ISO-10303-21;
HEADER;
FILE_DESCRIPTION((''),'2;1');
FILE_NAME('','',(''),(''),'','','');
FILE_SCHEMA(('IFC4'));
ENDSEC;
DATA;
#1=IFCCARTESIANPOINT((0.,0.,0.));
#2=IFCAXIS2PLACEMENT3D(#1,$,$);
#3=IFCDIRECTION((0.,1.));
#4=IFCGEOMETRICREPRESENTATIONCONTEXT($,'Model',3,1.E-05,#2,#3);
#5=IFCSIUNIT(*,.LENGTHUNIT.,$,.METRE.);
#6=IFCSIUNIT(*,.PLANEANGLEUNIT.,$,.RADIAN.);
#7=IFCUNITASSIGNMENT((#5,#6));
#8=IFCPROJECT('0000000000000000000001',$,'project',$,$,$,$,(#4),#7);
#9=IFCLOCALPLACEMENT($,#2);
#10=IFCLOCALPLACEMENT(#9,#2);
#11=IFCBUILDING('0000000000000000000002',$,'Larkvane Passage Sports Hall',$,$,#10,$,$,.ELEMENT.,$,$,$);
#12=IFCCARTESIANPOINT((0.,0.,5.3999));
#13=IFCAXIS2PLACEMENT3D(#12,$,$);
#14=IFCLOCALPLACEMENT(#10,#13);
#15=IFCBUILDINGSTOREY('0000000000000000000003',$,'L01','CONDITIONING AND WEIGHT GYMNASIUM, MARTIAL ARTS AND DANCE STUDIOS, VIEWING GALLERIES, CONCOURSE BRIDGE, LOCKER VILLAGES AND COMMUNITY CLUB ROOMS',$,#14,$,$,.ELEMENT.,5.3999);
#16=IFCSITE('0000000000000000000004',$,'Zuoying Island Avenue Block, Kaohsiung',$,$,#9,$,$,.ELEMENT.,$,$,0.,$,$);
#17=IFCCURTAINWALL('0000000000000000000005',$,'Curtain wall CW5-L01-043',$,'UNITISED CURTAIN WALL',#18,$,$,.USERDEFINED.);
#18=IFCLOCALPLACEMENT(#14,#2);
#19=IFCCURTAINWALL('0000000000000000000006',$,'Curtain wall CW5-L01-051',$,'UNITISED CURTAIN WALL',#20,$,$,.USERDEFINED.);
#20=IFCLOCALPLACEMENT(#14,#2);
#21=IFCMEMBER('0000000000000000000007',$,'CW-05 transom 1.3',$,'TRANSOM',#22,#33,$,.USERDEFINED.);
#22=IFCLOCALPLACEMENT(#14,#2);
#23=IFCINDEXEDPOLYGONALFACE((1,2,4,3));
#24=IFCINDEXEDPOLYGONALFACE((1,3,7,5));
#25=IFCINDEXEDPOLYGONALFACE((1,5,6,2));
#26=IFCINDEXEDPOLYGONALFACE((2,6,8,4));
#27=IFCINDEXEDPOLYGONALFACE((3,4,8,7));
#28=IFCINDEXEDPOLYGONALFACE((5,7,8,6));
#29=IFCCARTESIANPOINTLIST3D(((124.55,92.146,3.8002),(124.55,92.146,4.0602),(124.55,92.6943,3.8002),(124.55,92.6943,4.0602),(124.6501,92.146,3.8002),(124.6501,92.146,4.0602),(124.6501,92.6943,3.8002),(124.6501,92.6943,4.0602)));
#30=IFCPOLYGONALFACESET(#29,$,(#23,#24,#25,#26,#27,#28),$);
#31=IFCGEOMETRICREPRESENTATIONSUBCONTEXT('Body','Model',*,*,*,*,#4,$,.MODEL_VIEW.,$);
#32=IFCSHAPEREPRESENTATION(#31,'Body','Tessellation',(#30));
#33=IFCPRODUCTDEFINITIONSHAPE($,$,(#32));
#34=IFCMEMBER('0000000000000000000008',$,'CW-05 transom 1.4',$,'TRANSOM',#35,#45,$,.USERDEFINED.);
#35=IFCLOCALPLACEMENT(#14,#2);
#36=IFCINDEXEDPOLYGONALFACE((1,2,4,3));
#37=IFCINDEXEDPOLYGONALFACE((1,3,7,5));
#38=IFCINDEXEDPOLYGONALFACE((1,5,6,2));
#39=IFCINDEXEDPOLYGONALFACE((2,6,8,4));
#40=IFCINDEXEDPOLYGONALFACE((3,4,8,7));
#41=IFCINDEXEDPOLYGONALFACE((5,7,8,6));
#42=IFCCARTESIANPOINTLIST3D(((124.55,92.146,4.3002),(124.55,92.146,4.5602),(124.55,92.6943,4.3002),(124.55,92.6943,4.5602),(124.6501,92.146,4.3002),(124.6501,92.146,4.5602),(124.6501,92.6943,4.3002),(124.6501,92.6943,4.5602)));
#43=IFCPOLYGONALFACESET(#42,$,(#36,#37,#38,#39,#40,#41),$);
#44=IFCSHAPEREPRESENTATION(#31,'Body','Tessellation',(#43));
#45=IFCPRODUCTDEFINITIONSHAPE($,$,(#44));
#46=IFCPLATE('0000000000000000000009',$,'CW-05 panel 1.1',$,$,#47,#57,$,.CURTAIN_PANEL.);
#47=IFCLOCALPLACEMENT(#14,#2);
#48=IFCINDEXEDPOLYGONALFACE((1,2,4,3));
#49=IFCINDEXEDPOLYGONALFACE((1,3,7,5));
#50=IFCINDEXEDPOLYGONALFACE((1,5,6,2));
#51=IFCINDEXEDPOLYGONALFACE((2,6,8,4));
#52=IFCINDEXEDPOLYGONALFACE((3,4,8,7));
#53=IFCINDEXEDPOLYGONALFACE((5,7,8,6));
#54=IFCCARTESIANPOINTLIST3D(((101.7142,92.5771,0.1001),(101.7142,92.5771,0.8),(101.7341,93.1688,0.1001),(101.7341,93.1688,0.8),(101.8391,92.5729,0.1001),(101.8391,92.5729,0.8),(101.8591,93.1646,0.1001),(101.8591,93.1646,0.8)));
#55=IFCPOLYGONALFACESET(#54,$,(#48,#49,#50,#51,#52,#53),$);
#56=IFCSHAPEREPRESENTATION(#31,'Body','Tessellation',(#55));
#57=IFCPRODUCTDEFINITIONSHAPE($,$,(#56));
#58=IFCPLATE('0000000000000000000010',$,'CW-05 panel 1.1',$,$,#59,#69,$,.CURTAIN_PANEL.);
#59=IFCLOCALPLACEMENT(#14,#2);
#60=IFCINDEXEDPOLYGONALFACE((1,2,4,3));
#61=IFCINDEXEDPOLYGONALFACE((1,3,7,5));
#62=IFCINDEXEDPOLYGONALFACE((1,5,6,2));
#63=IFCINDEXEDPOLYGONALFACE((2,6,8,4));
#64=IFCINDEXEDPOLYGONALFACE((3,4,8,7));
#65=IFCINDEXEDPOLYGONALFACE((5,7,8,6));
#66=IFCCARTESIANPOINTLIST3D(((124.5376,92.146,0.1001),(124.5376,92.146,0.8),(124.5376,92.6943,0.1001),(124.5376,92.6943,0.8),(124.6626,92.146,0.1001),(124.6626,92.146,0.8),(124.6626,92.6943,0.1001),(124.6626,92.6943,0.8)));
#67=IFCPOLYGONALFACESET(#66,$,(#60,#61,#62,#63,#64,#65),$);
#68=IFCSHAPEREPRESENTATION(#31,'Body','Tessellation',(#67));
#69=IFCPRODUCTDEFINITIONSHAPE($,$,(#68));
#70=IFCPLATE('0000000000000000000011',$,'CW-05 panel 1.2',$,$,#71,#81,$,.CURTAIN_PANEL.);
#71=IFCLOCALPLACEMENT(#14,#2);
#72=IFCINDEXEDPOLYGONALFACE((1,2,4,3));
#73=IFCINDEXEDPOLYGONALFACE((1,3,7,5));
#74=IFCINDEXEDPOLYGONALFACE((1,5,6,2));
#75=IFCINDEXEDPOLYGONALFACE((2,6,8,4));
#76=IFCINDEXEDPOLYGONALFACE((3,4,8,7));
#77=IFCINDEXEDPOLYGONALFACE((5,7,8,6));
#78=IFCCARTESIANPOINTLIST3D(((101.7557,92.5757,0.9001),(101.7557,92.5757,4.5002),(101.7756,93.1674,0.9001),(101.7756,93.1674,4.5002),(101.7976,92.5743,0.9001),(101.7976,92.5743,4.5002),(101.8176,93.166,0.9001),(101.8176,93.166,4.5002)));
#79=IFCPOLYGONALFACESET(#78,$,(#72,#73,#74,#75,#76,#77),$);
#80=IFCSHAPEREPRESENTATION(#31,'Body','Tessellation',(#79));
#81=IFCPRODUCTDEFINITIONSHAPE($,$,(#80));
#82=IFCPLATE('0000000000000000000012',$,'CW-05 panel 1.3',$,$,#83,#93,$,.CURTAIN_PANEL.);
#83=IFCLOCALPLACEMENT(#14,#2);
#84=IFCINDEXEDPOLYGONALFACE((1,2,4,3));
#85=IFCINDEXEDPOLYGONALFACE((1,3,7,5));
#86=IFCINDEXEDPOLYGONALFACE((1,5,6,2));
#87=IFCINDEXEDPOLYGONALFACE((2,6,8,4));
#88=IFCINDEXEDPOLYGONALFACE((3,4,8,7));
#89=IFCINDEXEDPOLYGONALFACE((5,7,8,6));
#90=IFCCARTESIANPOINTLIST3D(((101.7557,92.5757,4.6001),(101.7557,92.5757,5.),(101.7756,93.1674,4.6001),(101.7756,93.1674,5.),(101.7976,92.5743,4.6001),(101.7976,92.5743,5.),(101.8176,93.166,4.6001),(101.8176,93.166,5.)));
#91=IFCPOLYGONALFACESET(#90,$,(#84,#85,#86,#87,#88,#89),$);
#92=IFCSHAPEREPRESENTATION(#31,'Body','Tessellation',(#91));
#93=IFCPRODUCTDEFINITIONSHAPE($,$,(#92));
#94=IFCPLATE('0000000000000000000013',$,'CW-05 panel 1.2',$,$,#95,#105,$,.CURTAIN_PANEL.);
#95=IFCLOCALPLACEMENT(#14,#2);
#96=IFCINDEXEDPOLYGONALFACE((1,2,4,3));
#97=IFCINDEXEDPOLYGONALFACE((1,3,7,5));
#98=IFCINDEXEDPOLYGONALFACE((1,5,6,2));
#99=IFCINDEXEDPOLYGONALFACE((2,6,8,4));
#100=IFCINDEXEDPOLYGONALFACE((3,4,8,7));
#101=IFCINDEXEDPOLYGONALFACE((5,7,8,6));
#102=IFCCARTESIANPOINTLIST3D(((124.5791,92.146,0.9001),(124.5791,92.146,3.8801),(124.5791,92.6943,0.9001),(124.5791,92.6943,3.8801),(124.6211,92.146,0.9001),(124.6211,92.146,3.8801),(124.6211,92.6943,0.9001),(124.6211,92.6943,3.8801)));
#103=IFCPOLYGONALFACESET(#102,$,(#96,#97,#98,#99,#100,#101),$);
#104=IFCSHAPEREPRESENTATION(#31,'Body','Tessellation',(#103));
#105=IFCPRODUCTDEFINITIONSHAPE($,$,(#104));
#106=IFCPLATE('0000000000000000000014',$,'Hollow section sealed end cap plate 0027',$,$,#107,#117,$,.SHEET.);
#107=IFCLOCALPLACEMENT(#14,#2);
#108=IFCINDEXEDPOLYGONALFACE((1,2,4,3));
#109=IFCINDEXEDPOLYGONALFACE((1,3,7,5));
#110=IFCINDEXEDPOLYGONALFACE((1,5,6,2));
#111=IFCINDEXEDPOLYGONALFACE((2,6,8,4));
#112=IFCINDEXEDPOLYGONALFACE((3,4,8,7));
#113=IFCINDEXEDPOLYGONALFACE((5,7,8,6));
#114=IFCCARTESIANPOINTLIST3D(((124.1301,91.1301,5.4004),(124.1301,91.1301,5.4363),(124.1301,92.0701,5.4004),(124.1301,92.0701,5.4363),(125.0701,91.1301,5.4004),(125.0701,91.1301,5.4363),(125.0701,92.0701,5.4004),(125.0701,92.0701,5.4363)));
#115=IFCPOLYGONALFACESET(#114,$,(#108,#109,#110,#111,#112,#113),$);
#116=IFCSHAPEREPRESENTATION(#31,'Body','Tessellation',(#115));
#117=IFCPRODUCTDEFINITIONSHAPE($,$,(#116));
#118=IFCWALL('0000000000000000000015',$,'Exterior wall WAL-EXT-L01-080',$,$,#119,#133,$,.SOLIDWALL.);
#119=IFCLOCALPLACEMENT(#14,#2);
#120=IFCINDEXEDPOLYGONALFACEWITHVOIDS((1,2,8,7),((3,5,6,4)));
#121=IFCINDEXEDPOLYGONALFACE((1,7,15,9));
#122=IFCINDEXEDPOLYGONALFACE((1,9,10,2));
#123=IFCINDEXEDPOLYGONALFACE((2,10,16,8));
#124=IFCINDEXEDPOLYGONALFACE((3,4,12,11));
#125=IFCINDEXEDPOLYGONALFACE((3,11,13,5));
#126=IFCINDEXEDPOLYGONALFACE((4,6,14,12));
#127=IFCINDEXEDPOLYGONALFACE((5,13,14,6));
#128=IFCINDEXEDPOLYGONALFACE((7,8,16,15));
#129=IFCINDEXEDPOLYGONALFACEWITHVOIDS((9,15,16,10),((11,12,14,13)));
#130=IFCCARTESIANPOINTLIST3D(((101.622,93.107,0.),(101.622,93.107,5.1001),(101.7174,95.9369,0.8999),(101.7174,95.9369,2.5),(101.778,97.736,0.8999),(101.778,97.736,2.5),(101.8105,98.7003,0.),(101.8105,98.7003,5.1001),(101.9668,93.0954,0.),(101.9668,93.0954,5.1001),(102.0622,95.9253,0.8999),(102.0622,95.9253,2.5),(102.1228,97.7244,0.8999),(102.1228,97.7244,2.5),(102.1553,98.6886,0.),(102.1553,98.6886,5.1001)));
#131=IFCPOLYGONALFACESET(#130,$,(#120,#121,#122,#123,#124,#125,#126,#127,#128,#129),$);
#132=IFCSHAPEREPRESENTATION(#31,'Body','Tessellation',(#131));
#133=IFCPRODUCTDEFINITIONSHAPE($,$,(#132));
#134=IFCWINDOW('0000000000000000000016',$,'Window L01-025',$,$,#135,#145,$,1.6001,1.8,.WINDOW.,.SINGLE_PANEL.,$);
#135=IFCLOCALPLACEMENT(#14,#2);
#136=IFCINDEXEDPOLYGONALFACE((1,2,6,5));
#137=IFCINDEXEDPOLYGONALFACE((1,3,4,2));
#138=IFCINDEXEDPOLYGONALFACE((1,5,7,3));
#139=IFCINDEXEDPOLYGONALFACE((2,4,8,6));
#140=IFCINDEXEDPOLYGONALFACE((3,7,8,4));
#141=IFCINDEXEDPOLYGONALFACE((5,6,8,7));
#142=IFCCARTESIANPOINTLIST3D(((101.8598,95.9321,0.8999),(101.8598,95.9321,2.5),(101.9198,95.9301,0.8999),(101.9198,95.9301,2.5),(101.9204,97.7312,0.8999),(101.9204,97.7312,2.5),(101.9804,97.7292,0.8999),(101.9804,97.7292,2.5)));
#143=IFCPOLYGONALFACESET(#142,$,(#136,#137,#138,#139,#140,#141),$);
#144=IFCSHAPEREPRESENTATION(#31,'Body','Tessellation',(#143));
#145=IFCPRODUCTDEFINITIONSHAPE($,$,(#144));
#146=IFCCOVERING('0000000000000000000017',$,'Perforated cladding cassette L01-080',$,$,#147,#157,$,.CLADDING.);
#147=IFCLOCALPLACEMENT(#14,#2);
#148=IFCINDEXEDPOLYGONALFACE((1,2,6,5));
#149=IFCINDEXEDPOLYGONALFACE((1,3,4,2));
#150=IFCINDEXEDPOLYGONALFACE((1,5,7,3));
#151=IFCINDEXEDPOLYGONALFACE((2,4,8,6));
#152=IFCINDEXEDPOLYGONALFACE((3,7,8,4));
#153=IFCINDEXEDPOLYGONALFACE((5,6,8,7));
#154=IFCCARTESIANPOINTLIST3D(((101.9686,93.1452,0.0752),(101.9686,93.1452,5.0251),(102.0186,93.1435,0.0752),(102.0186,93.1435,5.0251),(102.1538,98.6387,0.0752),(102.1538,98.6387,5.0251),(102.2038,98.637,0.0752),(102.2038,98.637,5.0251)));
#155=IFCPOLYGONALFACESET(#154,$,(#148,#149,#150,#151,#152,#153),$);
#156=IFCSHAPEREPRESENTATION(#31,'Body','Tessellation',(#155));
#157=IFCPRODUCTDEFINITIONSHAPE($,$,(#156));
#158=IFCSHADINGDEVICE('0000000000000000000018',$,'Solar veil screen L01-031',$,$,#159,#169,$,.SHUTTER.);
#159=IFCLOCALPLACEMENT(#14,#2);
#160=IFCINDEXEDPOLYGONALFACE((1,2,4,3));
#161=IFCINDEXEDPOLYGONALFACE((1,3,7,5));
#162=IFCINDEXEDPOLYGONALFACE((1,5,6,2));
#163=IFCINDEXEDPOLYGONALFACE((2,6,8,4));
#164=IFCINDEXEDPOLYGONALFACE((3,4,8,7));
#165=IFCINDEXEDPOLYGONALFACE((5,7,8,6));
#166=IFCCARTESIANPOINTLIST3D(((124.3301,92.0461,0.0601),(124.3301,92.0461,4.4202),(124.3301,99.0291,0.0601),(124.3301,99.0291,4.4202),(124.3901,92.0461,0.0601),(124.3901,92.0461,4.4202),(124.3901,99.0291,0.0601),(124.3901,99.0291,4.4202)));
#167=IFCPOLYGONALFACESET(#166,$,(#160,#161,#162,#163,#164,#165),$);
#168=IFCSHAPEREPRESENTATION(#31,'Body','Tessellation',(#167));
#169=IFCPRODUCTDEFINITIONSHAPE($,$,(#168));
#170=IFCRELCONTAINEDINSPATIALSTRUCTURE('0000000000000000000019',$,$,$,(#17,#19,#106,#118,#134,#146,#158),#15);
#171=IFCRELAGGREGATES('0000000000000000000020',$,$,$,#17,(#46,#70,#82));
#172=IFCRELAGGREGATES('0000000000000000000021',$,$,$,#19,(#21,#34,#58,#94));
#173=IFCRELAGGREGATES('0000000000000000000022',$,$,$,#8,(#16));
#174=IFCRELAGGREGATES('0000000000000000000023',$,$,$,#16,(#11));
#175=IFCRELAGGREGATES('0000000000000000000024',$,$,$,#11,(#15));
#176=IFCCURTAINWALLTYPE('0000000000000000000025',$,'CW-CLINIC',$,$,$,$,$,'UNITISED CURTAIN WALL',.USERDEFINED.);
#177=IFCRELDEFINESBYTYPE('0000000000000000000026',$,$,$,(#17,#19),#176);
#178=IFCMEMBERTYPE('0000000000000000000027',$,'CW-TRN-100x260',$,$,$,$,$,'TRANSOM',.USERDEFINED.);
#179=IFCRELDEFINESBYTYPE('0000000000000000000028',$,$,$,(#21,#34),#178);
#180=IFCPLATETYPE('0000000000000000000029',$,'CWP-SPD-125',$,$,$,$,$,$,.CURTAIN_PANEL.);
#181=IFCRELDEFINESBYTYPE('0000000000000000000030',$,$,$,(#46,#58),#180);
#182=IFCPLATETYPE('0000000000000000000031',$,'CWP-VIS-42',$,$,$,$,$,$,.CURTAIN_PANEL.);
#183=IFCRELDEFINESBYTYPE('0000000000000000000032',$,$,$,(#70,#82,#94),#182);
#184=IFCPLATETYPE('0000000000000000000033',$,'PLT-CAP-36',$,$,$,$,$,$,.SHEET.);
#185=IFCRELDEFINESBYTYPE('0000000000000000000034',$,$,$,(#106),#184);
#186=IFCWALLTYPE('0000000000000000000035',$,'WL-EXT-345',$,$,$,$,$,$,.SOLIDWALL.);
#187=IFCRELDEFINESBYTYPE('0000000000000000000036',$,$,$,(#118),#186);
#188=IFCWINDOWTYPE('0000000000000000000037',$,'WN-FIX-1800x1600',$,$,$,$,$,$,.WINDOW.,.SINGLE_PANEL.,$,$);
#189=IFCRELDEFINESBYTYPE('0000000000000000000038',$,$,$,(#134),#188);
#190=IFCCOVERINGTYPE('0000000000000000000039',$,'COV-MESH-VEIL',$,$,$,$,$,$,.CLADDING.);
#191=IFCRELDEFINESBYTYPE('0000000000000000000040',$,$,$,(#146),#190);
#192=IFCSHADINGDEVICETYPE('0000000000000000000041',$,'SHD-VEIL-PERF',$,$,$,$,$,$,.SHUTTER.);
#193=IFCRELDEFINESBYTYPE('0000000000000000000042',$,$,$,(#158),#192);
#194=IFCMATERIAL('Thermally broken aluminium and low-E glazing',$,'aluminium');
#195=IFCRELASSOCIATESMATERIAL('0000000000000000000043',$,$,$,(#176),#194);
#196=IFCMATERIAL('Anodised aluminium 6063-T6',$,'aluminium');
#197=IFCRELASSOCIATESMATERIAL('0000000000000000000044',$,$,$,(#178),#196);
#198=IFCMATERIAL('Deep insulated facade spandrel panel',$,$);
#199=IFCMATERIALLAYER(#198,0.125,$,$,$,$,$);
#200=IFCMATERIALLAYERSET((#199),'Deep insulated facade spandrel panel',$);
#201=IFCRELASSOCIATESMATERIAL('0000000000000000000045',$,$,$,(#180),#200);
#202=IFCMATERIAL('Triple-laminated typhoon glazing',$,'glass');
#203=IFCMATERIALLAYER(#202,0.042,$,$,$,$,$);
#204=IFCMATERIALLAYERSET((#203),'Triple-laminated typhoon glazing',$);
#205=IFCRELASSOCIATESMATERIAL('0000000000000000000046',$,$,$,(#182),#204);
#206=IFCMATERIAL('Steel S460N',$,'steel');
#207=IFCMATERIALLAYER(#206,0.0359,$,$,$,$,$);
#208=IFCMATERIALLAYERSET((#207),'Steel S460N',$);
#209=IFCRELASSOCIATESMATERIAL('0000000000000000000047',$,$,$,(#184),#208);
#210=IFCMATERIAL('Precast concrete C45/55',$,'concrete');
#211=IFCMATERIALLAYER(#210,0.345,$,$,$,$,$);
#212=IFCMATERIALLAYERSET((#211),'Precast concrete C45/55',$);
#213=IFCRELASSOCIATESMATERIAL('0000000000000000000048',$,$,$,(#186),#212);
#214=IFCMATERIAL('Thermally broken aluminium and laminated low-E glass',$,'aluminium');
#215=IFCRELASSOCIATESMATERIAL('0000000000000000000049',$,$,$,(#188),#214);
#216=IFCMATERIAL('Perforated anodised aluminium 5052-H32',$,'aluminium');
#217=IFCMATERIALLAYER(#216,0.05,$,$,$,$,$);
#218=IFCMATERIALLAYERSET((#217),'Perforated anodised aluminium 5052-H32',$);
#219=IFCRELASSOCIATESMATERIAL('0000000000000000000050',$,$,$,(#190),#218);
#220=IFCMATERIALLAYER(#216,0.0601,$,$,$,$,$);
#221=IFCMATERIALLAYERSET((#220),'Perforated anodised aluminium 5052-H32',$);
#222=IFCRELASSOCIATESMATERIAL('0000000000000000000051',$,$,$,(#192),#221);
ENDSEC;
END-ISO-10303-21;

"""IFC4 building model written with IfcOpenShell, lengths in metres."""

from ifc_helpers import new_model, si_unit, direction, frame, frame_2d, origin, origin_2d, place, context, subcontext, project, spatial, rectangle, extrude, material, layer, layer_set, material_profile, profile_set, type_object, element, fill, aggregate, save


model = new_model("IFC4")

# Units and contexts
model_context = context("Model", 3, precision=1e-05, world=origin(), true_north=direction((0.0, 1.0)))
body_context = subcontext(model_context, "Body", "Model", "MODEL_VIEW")
ifc_project = project(units=[si_unit("LENGTHUNIT", "METRE"), si_unit("PLANEANGLEUNIT", "RADIAN")], contexts=[model_context])

# Site, building, storey
site_placement = place(None, origin())
site = spatial("IfcSite", under=ifc_project, at=site_placement, Name="Zuoying Island Avenue Block, Kaohsiung", CompositionType="ELEMENT", RefElevation=0.0)
building_placement = place(site_placement, origin())
building = spatial("IfcBuilding", under=site, at=building_placement, Name="Larkvane Passage Sports Hall", CompositionType="ELEMENT")
storey_placement = place(building_placement, frame((0.0, 0.0, 5.3999)))
storey = spatial("IfcBuildingStorey", under=building, at=storey_placement, Name="L01", Description="CONDITIONING AND WEIGHT GYMNASIUM, MARTIAL ARTS AND DANCE STUDIOS, VIEWING GALLERIES, CONCOURSE BRIDGE, LOCKER VILLAGES AND COMMUNITY CLUB ROOMS", CompositionType="ELEMENT", Elevation=5.3999)

# Shared definitions
ifc_material_1 = material(Name="Steel S460N", Category="steel")

# Curtain wall
ifc_material_2 = material(Name="Thermally broken aluminium and low-E glazing", Category="aluminium")
curtain_wall_type = type_object("IfcCurtainWallType", Name="CW-CLINIC", ElementType="UNITISED CURTAIN WALL", PredefinedType="USERDEFINED", material=ifc_material_2)
curtain_wall_1_placement = place(storey_placement, origin())
curtain_wall_1 = element("IfcCurtainWall", 1, at=curtain_wall_1_placement, inside=storey, type_object=curtain_wall_type, Name="Curtain wall CW5-L01-043", ObjectType="UNITISED CURTAIN WALL", PredefinedType="USERDEFINED")
ifc_material_3 = material(Name="Anodised aluminium 6063-T6", Category="aluminium")

# Curtain wall
curtain_wall_2_placement = place(storey_placement, origin())
curtain_wall_2 = element("IfcCurtainWall", 2, at=curtain_wall_2_placement, inside=storey, type_object=curtain_wall_type, Name="Curtain wall CW5-L01-051", ObjectType="UNITISED CURTAIN WALL", PredefinedType="USERDEFINED")

# Members
ifc_material_profile_1 = material_profile(ifc_material_3, rectangle(XDim=0.1001, YDim=0.26, at=origin_2d()), Name="ALU-TRN-100x260")
ifc_profile_set_1 = profile_set([ifc_material_profile_1], Name="Anodised aluminium 6063-T6")
member_type_1 = type_object("IfcMemberType", Name="CW-TRN-100x260", ElementType="TRANSOM", PredefinedType="USERDEFINED", material=ifc_profile_set_1)
member_1_placement = place(storey_placement, frame((124.6001, 92.146, 3.9302), z_axis=(0.0, 1.0, 0.0), x_axis=(-1.0, 0.0, 0.0)))
member_1 = element("IfcMember", 3, at=member_1_placement, type_object=member_type_1, Name="CW-05 transom 1.3", ObjectType="TRANSOM", PredefinedType="USERDEFINED", context=body_context, shape_type="SweptSolid", body=[
    extrude(rectangle(XDim=0.1001, YDim=0.26, at=origin_2d()), origin(), (0.0, 0.0, 1.0), 0.5483),
])
member_2_placement = place(storey_placement, frame((124.6001, 92.146, 4.4302), z_axis=(0.0, 1.0, 0.0), x_axis=(-1.0, 0.0, 0.0)))
member_2 = element("IfcMember", 4, at=member_2_placement, type_object=member_type_1, Name="CW-05 transom 1.4", ObjectType="TRANSOM", PredefinedType="USERDEFINED", context=body_context, shape_type="SweptSolid", body=[
    extrude(rectangle(XDim=0.1001, YDim=0.26, at=origin_2d()), origin(), (0.0, 0.0, 1.0), 0.5483),
])

# Plates
ifc_material_4 = material(Name="Deep insulated facade spandrel panel")
ifc_layer_1 = layer(ifc_material_4, 0.125)
ifc_layer_set_1 = layer_set([ifc_layer_1], Name="Deep insulated facade spandrel panel")
plate_type_1 = type_object("IfcPlateType", Name="CWP-SPD-125", PredefinedType="CURTAIN_PANEL", material=ifc_layer_set_1)
plate_1_placement = place(storey_placement, frame((101.7866, 92.8708, 0.1001), z_axis=(0.0, 0.0, 1.0), x_axis=(-0.033688, -0.999432, 0.0)))
plate_1 = element("IfcPlate", 5, at=plate_1_placement, type_object=plate_type_1, Name="CW-05 panel 1.1", PredefinedType="CURTAIN_PANEL", context=body_context, shape_type="SweptSolid", body=[
    extrude(rectangle(XDim=0.592, YDim=0.125, at=origin_2d()), origin(), (0.0, 0.0, 1.0), 0.7),
])
plate_2_placement = place(storey_placement, frame((124.6001, 92.4202, 0.1001), z_axis=(0.0, 0.0, 1.0), x_axis=(0.0, 1.0, 0.0)))
plate_2 = element("IfcPlate", 6, at=plate_2_placement, type_object=plate_type_1, Name="CW-05 panel 1.1", PredefinedType="CURTAIN_PANEL", context=body_context, shape_type="SweptSolid", body=[
    extrude(rectangle(XDim=0.5483, YDim=0.125, at=origin_2d()), origin(), (0.0, 0.0, 1.0), 0.7),
])
ifc_material_5 = material(Name="Triple-laminated typhoon glazing", Category="glass")
ifc_layer_2 = layer(ifc_material_5, 0.042)
ifc_layer_set_2 = layer_set([ifc_layer_2], Name="Triple-laminated typhoon glazing")
plate_type_2 = type_object("IfcPlateType", Name="CWP-VIS-42", PredefinedType="CURTAIN_PANEL", material=ifc_layer_set_2)
plate_3_placement = place(storey_placement, frame((101.7866, 92.8708, 0.9001), z_axis=(0.0, 0.0, 1.0), x_axis=(-0.033688, -0.999432, 0.0)))
plate_3 = element("IfcPlate", 7, at=plate_3_placement, type_object=plate_type_2, Name="CW-05 panel 1.2", PredefinedType="CURTAIN_PANEL", context=body_context, shape_type="SweptSolid", body=[
    extrude(rectangle(XDim=0.592, YDim=0.042, at=origin_2d()), origin(), (0.0, 0.0, 1.0), 3.6001),
])
plate_4_placement = place(storey_placement, frame((101.7866, 92.8708, 4.6001), z_axis=(0.0, 0.0, 1.0), x_axis=(-0.033688, -0.999432, 0.0)))
plate_4 = element("IfcPlate", 8, at=plate_4_placement, type_object=plate_type_2, Name="CW-05 panel 1.3", PredefinedType="CURTAIN_PANEL", context=body_context, shape_type="SweptSolid", body=[
    extrude(rectangle(XDim=0.592, YDim=0.042, at=origin_2d()), origin(), (0.0, 0.0, 1.0), 0.3999),
])
aggregate(curtain_wall_1, [plate_1, plate_3, plate_4])
plate_5_placement = place(storey_placement, frame((124.6001, 92.4202, 0.9001), z_axis=(0.0, 0.0, 1.0), x_axis=(0.0, 1.0, 0.0)))
plate_5 = element("IfcPlate", 9, at=plate_5_placement, type_object=plate_type_2, Name="CW-05 panel 1.2", PredefinedType="CURTAIN_PANEL", context=body_context, shape_type="SweptSolid", body=[
    extrude(rectangle(XDim=0.5483, YDim=0.042, at=origin_2d()), origin(), (0.0, 0.0, 1.0), 2.98),
])
aggregate(curtain_wall_2, [member_1, member_2, plate_2, plate_5])
ifc_layer_3 = layer(ifc_material_1, 0.0359)
ifc_layer_set_3 = layer_set([ifc_layer_3], Name="Steel S460N")
plate_type_3 = type_object("IfcPlateType", Name="PLT-CAP-36", PredefinedType="SHEET", material=ifc_layer_set_3)
plate_6_placement = place(storey_placement, frame((124.6001, 91.6001, 5.4004), z_axis=(0.0, 0.0, 1.0), x_axis=(1.0, 0.0, 0.0)))
element("IfcPlate", 10, at=plate_6_placement, inside=storey, type_object=plate_type_3, Name="Hollow section sealed end cap plate 0027", PredefinedType="SHEET", context=body_context, shape_type="SweptSolid", body=[
    extrude(rectangle(XDim=0.9399, YDim=0.9399, at=origin_2d()), origin(), (0.0, 0.0, 1.0), 0.0359),
])

# Wall, opening, window
ifc_material_6 = material(Name="Precast concrete C45/55", Category="concrete")
ifc_layer_4 = layer(ifc_material_6, 0.345)
ifc_layer_set_4 = layer_set([ifc_layer_4], Name="Precast concrete C45/55")
wall_type = type_object("IfcWallType", Name="WL-EXT-345", PredefinedType="SOLIDWALL", material=ifc_layer_set_4)
wall_placement = place(storey_placement, frame((101.9829, 98.6946, 0.0), z_axis=(0.0, 0.0, 1.0), x_axis=(-0.033678, -0.999433, 0.0)))
wall = element("IfcWall", 11, at=wall_placement, inside=storey, type_object=wall_type, Name="Exterior wall WAL-EXT-L01-080", PredefinedType="SOLIDWALL", context=body_context, shape_type="SweptSolid", body=[
    extrude(rectangle(XDim=5.5964, YDim=0.345, at=frame_2d((2.7983, 0.0))), origin(), (0.0, 0.0, 1.0), 5.1001),
])
opening_placement = place(wall_placement, frame((0.9651, 0.0, 0.8999)))
opening = element("IfcOpeningElement", 12, at=opening_placement, cuts=wall, PredefinedType="OPENING", context=body_context, shape_type="SweptSolid", body=[
    extrude(rectangle(XDim=1.8, YDim=1.6001, at=frame_2d((0.8999, 0.8))), frame((0.0, 0.1824, 0.0), z_axis=(0.0, -1.0, 0.0), x_axis=(1.0, 0.0, 0.0)), (0.0, 0.0, 1.0), 0.365),
])
ifc_material_7 = material(Name="Thermally broken aluminium and laminated low-E glass", Category="aluminium")
window_type = type_object("IfcWindowType", Name="WN-FIX-1800x1600", PartitioningType="SINGLE_PANEL", PredefinedType="WINDOW", material=ifc_material_7)
window_placement = place(opening_placement, origin())
window = element("IfcWindow", 13, at=window_placement, inside=storey, type_object=window_type, Name="Window L01-025", OverallHeight=1.6001, OverallWidth=1.8, PartitioningType="SINGLE_PANEL", PredefinedType="WINDOW", context=body_context, shape_type="SweptSolid", body=[
    extrude(rectangle(XDim=1.8, YDim=1.6001, at=frame_2d((0.8999, 0.8))), frame((0.0, 0.03, 0.0), z_axis=(0.0, -1.0, 0.0), x_axis=(1.0, 0.0, 0.0)), (0.0, 0.0, 1.0), 0.0601),
])
fill(opening, window)

# Covering
ifc_material_8 = material(Name="Perforated anodised aluminium 5052-H32", Category="aluminium")
ifc_layer_5 = layer(ifc_material_8, 0.05)
ifc_layer_set_5 = layer_set([ifc_layer_5], Name="Perforated anodised aluminium 5052-H32")
covering_type = type_object("IfcCoveringType", Name="COV-MESH-VEIL", PredefinedType="CLADDING", material=ifc_layer_set_5)
covering_placement = place(storey_placement, frame((102.0862, 95.8911, 0.0752), z_axis=(0.0, 0.0, 1.0), x_axis=(-0.033689, -0.999432, 0.0)))
element("IfcCovering", 14, at=covering_placement, inside=storey, type_object=covering_type, Name="Perforated cladding cassette L01-080", PredefinedType="CLADDING", context=body_context, shape_type="SweptSolid", body=[
    extrude(rectangle(XDim=5.4966, YDim=0.05, at=origin_2d()), origin(), (0.0, 0.0, 1.0), 4.95),
])

# Shading device
ifc_layer_6 = layer(ifc_material_8, 0.0601)
ifc_layer_set_6 = layer_set([ifc_layer_6], Name="Perforated anodised aluminium 5052-H32")
shading_device_type = type_object("IfcShadingDeviceType", Name="SHD-VEIL-PERF", PredefinedType="SHUTTER", material=ifc_layer_set_6)
shading_device_placement = place(storey_placement, frame((124.3601, 95.5376, 0.0601), z_axis=(0.0, 0.0, 1.0), x_axis=(0.0, 1.0, 0.0)))
element("IfcShadingDevice", 15, at=shading_device_placement, inside=storey, type_object=shading_device_type, Name="Solar veil screen L01-031", PredefinedType="SHUTTER", context=body_context, shape_type="SweptSolid", body=[
    extrude(rectangle(XDim=6.9829, YDim=0.0601, at=origin_2d()), origin(), (0.0, 0.0, 1.0), 4.3601),
])

save(model, "model.ifc")
